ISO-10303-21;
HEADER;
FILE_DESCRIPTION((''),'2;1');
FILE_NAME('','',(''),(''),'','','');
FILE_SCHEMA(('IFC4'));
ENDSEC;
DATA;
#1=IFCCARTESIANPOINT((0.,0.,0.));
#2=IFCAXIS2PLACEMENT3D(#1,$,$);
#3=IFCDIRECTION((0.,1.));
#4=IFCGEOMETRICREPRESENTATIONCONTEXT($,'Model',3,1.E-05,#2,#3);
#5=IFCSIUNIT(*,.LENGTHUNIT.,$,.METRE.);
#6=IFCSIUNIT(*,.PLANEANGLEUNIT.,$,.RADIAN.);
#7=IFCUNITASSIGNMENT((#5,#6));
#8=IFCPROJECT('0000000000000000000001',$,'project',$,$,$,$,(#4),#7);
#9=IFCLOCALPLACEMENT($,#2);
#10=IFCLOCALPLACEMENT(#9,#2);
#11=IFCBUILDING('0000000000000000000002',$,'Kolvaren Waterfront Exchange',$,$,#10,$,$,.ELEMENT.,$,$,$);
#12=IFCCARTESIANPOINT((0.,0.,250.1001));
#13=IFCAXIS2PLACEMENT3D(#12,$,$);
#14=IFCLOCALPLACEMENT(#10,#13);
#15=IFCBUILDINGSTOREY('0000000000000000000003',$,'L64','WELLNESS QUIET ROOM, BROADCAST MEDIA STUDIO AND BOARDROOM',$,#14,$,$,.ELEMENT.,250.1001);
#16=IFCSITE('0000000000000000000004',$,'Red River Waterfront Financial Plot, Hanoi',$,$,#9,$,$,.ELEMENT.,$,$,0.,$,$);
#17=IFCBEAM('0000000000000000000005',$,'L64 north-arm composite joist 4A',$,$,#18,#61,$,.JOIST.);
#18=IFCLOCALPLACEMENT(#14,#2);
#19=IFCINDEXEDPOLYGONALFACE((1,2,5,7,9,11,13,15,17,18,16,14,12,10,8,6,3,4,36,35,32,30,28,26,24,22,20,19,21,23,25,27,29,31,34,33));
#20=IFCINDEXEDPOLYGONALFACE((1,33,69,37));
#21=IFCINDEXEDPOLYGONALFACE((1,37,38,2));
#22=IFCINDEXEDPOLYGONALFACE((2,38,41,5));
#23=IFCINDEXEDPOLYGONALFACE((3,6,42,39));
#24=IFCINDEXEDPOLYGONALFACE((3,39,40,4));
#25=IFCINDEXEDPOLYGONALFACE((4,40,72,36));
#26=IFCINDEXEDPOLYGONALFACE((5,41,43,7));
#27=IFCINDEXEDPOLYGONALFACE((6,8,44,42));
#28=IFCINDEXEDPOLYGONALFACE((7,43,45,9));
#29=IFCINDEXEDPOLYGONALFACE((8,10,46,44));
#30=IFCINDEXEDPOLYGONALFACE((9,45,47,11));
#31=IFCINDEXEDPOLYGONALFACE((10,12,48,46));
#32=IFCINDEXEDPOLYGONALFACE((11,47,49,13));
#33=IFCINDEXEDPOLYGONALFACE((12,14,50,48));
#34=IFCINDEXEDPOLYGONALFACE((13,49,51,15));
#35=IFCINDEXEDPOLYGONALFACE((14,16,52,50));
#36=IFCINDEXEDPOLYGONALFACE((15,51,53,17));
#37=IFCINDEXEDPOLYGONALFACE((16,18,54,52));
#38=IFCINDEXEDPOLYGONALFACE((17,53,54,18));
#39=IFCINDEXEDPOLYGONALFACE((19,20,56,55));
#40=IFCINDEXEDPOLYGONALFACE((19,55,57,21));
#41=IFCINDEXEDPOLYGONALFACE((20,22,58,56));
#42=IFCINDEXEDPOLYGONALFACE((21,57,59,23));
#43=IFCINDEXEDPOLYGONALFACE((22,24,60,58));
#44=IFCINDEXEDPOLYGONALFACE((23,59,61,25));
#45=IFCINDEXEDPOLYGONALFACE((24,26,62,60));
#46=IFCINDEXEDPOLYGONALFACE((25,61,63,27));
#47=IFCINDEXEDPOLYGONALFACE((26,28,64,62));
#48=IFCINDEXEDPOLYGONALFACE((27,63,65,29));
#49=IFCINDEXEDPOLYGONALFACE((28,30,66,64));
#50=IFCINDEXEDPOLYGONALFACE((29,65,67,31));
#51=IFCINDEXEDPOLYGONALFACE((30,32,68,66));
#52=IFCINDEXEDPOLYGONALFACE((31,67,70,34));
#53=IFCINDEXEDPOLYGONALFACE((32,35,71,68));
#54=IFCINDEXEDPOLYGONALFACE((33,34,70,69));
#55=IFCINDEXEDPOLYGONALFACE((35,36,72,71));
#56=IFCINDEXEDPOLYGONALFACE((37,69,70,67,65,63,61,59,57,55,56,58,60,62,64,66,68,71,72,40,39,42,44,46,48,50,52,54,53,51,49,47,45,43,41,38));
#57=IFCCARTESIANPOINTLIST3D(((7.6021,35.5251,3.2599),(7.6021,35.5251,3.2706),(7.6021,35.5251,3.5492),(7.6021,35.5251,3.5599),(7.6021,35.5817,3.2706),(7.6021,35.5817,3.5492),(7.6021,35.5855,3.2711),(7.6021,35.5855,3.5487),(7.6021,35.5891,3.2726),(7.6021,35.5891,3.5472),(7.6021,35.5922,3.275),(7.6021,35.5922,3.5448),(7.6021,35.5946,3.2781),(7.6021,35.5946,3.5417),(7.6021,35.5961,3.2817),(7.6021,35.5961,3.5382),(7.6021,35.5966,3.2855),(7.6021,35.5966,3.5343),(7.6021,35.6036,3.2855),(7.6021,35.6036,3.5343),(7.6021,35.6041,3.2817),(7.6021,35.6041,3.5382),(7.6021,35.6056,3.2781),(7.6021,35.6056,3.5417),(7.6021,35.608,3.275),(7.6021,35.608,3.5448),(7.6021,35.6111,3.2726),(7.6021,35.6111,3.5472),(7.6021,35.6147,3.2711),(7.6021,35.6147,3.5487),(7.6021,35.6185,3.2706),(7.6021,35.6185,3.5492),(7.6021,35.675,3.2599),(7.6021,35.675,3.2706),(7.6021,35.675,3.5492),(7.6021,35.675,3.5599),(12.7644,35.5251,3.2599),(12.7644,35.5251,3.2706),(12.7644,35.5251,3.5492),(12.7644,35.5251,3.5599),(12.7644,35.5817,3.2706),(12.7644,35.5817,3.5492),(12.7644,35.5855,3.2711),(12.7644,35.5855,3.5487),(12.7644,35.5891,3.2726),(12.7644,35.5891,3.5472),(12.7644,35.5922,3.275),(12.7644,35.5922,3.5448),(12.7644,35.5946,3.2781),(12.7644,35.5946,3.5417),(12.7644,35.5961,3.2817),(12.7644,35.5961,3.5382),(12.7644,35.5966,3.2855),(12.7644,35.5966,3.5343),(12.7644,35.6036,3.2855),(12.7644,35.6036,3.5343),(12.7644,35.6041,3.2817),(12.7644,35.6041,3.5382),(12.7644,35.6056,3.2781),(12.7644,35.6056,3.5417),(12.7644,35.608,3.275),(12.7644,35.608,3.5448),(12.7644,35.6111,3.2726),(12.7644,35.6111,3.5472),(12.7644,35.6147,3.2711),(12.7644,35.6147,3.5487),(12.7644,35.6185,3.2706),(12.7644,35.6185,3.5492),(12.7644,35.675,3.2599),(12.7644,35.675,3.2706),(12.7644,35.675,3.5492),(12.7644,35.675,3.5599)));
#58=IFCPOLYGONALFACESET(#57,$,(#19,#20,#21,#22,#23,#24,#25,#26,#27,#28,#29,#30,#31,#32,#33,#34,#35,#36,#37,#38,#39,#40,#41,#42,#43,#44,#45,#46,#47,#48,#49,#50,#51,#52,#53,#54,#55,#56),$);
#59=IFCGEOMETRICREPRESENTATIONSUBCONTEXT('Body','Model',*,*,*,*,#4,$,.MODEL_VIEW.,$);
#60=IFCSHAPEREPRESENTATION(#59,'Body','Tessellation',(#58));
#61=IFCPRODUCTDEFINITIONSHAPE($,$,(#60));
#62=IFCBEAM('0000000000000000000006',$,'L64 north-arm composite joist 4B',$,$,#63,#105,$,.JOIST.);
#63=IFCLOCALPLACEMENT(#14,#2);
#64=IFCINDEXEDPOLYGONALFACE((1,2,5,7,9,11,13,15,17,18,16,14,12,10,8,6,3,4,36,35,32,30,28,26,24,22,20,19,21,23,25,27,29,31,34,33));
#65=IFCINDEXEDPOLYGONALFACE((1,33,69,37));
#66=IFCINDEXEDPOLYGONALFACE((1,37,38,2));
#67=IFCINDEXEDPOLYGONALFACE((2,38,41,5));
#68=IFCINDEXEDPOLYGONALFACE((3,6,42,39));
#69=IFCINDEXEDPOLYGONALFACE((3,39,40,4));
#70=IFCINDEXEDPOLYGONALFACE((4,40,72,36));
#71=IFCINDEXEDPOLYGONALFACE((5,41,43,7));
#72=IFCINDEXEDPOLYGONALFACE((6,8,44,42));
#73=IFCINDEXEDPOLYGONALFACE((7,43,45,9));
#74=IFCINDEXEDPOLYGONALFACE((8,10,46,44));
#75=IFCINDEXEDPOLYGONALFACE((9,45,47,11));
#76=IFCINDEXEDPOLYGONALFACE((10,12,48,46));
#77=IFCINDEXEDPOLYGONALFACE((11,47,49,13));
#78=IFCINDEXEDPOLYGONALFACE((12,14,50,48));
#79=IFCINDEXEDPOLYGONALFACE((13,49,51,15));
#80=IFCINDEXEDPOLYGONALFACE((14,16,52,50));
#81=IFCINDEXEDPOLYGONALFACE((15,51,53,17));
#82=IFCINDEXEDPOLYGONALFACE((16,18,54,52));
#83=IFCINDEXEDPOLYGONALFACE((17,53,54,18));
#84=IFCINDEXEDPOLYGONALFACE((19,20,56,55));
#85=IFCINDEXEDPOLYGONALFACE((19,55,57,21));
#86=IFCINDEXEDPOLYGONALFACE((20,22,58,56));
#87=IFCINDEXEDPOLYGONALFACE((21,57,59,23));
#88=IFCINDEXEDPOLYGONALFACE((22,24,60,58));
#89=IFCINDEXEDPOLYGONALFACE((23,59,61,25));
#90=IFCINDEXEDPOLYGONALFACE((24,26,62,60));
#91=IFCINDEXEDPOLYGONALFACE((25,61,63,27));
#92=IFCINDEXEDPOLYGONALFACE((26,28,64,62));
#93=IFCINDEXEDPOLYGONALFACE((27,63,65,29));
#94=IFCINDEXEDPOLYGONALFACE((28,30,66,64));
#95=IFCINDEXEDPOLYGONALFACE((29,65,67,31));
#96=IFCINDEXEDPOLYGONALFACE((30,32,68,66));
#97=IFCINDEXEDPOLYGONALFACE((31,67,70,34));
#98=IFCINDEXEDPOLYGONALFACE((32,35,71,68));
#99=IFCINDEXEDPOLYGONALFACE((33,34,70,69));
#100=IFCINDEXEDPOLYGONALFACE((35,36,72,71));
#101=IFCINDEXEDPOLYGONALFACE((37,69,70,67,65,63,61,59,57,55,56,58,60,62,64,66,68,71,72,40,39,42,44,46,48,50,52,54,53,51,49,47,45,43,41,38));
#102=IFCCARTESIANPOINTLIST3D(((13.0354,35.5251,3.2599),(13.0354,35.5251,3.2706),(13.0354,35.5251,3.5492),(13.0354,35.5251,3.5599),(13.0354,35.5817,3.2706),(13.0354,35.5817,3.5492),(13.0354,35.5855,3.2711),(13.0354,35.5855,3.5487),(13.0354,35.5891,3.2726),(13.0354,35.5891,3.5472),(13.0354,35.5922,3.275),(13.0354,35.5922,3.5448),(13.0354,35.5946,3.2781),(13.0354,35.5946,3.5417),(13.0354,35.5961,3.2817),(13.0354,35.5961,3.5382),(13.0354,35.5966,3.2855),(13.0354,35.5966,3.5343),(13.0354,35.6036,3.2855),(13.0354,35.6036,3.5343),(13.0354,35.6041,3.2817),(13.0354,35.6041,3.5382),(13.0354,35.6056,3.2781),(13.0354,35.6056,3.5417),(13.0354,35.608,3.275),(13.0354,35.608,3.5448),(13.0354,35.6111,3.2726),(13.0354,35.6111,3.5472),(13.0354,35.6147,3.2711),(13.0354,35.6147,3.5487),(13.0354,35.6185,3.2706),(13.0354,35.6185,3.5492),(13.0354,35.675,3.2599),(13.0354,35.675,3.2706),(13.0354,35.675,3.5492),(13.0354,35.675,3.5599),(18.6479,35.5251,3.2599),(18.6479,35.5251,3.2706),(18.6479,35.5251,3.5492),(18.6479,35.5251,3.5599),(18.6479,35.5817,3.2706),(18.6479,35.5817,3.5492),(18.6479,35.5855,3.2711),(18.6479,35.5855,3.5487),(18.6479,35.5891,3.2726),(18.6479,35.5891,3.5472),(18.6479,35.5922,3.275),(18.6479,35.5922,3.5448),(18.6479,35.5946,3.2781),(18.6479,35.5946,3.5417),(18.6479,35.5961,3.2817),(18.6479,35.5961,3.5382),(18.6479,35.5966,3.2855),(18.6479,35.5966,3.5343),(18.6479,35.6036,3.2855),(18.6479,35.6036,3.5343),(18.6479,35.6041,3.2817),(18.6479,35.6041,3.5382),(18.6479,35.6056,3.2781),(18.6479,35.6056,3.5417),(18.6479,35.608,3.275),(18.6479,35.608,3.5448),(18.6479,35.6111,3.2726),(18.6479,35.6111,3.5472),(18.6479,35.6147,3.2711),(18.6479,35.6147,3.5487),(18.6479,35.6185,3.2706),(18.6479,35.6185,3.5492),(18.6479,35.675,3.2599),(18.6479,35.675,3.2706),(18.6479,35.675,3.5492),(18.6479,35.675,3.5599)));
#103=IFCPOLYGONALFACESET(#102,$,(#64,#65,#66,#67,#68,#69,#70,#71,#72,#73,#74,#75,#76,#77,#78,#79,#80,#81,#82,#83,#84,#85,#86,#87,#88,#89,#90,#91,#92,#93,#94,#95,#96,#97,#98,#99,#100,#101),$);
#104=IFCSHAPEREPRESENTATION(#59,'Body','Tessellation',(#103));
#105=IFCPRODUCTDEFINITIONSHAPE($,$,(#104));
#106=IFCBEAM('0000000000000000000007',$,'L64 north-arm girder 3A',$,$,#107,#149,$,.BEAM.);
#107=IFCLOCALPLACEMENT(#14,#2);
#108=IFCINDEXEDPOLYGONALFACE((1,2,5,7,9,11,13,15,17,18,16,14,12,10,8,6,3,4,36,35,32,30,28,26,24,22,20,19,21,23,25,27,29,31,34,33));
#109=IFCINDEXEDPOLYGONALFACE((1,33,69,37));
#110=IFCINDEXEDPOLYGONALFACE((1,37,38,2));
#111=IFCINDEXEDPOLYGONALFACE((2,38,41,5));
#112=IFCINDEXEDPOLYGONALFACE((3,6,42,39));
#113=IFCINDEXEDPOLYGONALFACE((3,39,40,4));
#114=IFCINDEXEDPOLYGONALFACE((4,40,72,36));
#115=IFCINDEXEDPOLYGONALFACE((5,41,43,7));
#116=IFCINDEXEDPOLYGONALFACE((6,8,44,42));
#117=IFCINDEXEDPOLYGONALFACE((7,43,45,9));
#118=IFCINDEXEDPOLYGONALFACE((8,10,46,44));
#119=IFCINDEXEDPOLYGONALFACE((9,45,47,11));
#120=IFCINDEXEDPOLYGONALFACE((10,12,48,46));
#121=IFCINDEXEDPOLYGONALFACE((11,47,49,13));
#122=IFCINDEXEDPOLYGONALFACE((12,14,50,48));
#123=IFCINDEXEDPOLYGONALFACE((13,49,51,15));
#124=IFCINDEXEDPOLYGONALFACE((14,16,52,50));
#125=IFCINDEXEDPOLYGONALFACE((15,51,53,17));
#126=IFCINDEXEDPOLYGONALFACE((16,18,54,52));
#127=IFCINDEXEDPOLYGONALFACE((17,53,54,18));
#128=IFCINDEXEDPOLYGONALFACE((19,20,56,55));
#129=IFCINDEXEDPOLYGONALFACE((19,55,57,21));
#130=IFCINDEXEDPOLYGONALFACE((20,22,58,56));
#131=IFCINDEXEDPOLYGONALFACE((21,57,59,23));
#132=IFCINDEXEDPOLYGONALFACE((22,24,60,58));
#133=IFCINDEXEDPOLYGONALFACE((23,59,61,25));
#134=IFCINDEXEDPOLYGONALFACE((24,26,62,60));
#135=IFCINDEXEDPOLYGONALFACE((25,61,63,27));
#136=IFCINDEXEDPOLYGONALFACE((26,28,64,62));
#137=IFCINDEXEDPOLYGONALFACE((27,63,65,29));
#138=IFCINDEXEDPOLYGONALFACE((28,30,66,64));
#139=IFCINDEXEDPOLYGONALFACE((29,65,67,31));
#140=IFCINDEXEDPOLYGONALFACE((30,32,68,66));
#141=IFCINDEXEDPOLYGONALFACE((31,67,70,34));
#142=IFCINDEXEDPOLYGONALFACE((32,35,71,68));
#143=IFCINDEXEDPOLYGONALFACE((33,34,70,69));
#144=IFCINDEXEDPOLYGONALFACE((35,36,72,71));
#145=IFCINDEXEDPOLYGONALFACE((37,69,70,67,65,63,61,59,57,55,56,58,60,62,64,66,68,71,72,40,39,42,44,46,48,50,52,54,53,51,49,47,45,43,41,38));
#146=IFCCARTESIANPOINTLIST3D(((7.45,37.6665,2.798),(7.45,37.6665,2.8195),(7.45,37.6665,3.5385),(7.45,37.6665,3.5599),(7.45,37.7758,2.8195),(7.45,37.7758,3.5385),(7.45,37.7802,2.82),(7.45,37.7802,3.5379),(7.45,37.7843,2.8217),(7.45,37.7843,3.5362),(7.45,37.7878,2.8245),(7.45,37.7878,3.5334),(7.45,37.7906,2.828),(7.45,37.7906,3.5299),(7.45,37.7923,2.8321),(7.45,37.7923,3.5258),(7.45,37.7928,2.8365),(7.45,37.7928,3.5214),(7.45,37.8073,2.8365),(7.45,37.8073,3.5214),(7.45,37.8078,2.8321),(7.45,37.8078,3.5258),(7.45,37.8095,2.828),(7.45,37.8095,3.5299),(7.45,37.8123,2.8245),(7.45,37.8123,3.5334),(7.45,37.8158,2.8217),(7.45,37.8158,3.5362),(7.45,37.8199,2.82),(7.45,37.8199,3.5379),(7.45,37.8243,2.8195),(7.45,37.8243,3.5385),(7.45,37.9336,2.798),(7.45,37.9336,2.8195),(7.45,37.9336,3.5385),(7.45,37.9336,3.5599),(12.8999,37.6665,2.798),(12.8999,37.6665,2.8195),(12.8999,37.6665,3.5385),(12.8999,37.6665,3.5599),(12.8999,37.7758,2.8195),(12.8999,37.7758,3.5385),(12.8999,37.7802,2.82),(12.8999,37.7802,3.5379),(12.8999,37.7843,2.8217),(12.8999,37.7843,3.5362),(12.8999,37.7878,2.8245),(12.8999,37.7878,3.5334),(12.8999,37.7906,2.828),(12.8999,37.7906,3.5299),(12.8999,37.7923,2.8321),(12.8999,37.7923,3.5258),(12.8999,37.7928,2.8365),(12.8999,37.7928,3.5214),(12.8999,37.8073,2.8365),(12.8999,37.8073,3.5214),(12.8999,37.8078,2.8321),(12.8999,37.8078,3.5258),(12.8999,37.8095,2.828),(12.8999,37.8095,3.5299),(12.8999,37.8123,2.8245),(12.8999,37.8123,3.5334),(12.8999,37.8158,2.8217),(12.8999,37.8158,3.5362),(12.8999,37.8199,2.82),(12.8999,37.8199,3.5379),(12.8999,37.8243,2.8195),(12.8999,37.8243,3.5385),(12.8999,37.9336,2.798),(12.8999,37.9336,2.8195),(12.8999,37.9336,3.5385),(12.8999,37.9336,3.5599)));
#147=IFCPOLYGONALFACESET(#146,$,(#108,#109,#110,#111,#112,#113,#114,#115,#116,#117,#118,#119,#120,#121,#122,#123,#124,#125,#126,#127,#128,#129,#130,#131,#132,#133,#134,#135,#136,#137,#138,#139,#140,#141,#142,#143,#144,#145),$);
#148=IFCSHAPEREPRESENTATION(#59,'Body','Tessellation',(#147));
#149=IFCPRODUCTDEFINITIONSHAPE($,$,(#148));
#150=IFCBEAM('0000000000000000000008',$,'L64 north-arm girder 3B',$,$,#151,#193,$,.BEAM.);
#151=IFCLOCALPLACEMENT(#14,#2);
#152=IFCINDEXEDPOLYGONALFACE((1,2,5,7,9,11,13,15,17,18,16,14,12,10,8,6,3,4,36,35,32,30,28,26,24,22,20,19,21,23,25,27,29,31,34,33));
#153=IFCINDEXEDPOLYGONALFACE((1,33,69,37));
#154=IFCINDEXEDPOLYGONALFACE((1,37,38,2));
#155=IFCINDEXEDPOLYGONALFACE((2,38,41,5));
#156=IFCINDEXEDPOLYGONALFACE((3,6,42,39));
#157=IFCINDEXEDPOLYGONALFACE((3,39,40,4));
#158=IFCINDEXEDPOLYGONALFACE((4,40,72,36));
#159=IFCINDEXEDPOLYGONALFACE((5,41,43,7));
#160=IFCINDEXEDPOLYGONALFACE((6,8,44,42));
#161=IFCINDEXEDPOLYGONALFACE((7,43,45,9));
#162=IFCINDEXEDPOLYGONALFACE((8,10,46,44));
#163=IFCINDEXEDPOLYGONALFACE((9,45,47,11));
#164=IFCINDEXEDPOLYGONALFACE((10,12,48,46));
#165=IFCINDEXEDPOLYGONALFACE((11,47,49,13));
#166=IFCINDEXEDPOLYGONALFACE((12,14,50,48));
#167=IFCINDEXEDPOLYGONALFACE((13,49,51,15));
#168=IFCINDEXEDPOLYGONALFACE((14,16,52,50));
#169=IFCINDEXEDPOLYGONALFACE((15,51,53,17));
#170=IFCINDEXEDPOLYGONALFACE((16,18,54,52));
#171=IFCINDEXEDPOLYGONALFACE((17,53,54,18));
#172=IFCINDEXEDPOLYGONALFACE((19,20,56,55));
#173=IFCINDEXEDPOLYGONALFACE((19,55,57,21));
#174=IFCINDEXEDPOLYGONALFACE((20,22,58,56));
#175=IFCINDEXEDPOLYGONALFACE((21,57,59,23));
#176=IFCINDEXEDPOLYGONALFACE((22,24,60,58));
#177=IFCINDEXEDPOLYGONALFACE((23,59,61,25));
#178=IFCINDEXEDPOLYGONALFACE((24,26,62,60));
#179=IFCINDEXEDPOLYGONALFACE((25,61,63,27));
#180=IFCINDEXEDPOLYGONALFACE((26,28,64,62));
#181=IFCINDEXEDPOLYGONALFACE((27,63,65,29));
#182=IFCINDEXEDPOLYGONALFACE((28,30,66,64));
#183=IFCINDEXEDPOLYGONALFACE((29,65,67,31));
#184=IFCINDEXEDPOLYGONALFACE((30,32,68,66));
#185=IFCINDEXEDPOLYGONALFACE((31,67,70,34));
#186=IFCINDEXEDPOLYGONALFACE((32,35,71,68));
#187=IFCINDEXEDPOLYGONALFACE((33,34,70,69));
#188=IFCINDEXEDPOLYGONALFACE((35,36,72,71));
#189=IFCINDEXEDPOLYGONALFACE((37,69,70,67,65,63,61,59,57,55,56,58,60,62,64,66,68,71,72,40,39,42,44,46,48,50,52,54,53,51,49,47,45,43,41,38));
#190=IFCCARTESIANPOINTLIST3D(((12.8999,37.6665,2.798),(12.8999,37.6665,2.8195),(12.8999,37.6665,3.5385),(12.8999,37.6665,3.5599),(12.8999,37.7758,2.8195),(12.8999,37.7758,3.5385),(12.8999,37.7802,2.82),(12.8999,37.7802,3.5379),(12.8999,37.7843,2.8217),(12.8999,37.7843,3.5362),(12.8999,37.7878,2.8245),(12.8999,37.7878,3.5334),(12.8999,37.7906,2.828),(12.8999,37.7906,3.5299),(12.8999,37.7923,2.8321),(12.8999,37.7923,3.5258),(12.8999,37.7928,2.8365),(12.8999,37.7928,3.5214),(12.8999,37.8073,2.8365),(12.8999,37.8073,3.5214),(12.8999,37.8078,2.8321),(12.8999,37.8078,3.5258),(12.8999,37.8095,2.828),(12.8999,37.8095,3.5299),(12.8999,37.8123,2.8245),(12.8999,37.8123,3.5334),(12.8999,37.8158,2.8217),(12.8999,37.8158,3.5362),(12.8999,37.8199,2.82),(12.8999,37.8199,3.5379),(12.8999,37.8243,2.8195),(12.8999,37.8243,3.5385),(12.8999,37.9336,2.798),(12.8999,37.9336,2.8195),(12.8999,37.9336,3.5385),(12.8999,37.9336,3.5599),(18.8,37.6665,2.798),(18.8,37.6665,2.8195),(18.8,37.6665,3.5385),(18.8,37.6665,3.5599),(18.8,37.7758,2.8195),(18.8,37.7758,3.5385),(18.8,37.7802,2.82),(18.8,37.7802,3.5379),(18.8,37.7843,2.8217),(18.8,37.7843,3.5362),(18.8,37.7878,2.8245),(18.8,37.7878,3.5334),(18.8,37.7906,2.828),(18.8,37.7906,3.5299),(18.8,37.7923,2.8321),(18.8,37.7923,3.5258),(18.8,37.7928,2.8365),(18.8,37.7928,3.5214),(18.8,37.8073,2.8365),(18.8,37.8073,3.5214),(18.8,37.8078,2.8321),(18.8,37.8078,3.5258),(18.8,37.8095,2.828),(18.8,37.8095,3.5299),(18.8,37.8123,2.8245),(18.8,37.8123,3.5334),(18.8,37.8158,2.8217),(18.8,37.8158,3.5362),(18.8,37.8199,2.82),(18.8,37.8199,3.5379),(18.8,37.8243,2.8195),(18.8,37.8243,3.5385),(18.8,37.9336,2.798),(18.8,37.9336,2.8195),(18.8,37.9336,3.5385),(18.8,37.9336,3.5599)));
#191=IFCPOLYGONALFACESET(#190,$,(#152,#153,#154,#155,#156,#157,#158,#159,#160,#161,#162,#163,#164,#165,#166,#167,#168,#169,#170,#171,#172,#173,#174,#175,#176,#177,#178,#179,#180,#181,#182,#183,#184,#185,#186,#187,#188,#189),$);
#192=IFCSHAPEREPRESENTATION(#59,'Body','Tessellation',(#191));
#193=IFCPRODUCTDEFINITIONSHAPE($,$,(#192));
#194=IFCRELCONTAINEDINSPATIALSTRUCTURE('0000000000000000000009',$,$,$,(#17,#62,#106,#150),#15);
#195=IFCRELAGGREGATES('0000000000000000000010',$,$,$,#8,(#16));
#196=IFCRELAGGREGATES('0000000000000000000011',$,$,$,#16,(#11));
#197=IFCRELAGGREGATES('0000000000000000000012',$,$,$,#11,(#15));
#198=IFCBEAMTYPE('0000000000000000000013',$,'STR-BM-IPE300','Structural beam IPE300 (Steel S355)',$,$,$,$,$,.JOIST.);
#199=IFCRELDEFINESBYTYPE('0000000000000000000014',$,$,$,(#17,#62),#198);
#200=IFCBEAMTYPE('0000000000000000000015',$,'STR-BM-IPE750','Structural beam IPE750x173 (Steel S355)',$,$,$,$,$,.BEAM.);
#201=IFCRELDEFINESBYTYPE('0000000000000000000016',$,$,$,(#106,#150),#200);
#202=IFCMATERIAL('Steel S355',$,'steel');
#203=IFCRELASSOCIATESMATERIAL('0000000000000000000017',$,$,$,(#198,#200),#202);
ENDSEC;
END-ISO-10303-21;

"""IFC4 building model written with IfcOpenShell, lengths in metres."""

from ifc_helpers import new_model, si_unit, direction, frame, origin, origin_2d, place, context, subcontext, project, spatial, i_section, extrude, material, material_profile, profile_set, type_object, element, save


model = new_model("IFC4")

# Units and contexts
model_context = context("Model", 3, precision=1e-05, world=origin(), true_north=direction((0.0, 1.0)))
body_context = subcontext(model_context, "Body", "Model", "MODEL_VIEW")
ifc_project = project(units=[si_unit("LENGTHUNIT", "METRE"), si_unit("PLANEANGLEUNIT", "RADIAN")], contexts=[model_context])

# Site, building, storey
site_placement = place(None, origin())
site = spatial("IfcSite", under=ifc_project, at=site_placement, Name="Red River Waterfront Financial Plot, Hanoi", CompositionType="ELEMENT", RefElevation=0.0)
building_placement = place(site_placement, origin())
building = spatial("IfcBuilding", under=site, at=building_placement, Name="Kolvaren Waterfront Exchange", CompositionType="ELEMENT")
storey_placement = place(building_placement, frame((0.0, 0.0, 250.1001)))
storey = spatial("IfcBuildingStorey", under=building, at=storey_placement, Name="L64", Description="WELLNESS QUIET ROOM, BROADCAST MEDIA STUDIO AND BOARDROOM", CompositionType="ELEMENT", Elevation=250.1001)

# Beams
ifc_material_1 = material(Name="Steel S355", Category="steel")
ifc_material_profile_1 = material_profile(ifc_material_1, i_section(OverallWidth=0.1499, OverallDepth=0.3, WebThickness=0.0071, FlangeThickness=0.0107, FilletRadius=0.0149, at=origin_2d()), Name="IPE300")
ifc_profile_set_1 = profile_set([ifc_material_profile_1], Name="Steel S355")
beam_type_1 = type_object("IfcBeamType", Name="STR-BM-IPE300", Description="Structural beam IPE300 (Steel S355)", PredefinedType="JOIST", material=ifc_profile_set_1)
beam_1_placement = place(storey_placement, frame((7.6021, 35.6001, 3.4099), z_axis=(1.0, 0.0, 0.0), x_axis=(0.0, 1.0, 0.0)))
element("IfcBeam", 1, at=beam_1_placement, inside=storey, type_object=beam_type_1, Name="L64 north-arm composite joist 4A", PredefinedType="JOIST", context=body_context, shape_type="SweptSolid", body=[
    extrude(i_section(OverallWidth=0.1499, OverallDepth=0.3, WebThickness=0.0071, FlangeThickness=0.0107, FilletRadius=0.0149, at=origin_2d()), origin(), (0.0, 0.0, 1.0), 5.1624),
])
beam_2_placement = place(storey_placement, frame((13.0354, 35.6001, 3.4099), z_axis=(1.0, 0.0, 0.0), x_axis=(0.0, 1.0, 0.0)))
element("IfcBeam", 2, at=beam_2_placement, inside=storey, type_object=beam_type_1, Name="L64 north-arm composite joist 4B", PredefinedType="JOIST", context=body_context, shape_type="SweptSolid", body=[
    extrude(i_section(OverallWidth=0.1499, OverallDepth=0.3, WebThickness=0.0071, FlangeThickness=0.0107, FilletRadius=0.0149, at=origin_2d()), origin(), (0.0, 0.0, 1.0), 5.6125),
])
ifc_material_profile_2 = material_profile(ifc_material_1, i_section(OverallWidth=0.2671, OverallDepth=0.762, WebThickness=0.0144, FlangeThickness=0.0215, FilletRadius=0.0171, at=origin_2d()), Name="IPE750x173")
ifc_profile_set_2 = profile_set([ifc_material_profile_2], Name="Steel S355")
beam_type_2 = type_object("IfcBeamType", Name="STR-BM-IPE750", Description="Structural beam IPE750x173 (Steel S355)", PredefinedType="BEAM", material=ifc_profile_set_2)
beam_3_placement = place(storey_placement, frame((7.45, 37.8, 3.179), z_axis=(1.0, 0.0, 0.0), x_axis=(0.0, 1.0, 0.0)))
element("IfcBeam", 3, at=beam_3_placement, inside=storey, type_object=beam_type_2, Name="L64 north-arm girder 3A", PredefinedType="BEAM", context=body_context, shape_type="SweptSolid", body=[
    extrude(i_section(OverallWidth=0.2671, OverallDepth=0.762, WebThickness=0.0144, FlangeThickness=0.0215, FilletRadius=0.0171, at=origin_2d()), origin(), (0.0, 0.0, 1.0), 5.45),
])
beam_4_placement = place(storey_placement, frame((12.8999, 37.8, 3.179), z_axis=(1.0, 0.0, 0.0), x_axis=(0.0, 1.0, 0.0)))
element("IfcBeam", 4, at=beam_4_placement, inside=storey, type_object=beam_type_2, Name="L64 north-arm girder 3B", PredefinedType="BEAM", context=body_context, shape_type="SweptSolid", body=[
    extrude(i_section(OverallWidth=0.2671, OverallDepth=0.762, WebThickness=0.0144, FlangeThickness=0.0215, FilletRadius=0.0171, at=origin_2d()), origin(), (0.0, 0.0, 1.0), 5.9001),
])

save(model, "model.ifc")
